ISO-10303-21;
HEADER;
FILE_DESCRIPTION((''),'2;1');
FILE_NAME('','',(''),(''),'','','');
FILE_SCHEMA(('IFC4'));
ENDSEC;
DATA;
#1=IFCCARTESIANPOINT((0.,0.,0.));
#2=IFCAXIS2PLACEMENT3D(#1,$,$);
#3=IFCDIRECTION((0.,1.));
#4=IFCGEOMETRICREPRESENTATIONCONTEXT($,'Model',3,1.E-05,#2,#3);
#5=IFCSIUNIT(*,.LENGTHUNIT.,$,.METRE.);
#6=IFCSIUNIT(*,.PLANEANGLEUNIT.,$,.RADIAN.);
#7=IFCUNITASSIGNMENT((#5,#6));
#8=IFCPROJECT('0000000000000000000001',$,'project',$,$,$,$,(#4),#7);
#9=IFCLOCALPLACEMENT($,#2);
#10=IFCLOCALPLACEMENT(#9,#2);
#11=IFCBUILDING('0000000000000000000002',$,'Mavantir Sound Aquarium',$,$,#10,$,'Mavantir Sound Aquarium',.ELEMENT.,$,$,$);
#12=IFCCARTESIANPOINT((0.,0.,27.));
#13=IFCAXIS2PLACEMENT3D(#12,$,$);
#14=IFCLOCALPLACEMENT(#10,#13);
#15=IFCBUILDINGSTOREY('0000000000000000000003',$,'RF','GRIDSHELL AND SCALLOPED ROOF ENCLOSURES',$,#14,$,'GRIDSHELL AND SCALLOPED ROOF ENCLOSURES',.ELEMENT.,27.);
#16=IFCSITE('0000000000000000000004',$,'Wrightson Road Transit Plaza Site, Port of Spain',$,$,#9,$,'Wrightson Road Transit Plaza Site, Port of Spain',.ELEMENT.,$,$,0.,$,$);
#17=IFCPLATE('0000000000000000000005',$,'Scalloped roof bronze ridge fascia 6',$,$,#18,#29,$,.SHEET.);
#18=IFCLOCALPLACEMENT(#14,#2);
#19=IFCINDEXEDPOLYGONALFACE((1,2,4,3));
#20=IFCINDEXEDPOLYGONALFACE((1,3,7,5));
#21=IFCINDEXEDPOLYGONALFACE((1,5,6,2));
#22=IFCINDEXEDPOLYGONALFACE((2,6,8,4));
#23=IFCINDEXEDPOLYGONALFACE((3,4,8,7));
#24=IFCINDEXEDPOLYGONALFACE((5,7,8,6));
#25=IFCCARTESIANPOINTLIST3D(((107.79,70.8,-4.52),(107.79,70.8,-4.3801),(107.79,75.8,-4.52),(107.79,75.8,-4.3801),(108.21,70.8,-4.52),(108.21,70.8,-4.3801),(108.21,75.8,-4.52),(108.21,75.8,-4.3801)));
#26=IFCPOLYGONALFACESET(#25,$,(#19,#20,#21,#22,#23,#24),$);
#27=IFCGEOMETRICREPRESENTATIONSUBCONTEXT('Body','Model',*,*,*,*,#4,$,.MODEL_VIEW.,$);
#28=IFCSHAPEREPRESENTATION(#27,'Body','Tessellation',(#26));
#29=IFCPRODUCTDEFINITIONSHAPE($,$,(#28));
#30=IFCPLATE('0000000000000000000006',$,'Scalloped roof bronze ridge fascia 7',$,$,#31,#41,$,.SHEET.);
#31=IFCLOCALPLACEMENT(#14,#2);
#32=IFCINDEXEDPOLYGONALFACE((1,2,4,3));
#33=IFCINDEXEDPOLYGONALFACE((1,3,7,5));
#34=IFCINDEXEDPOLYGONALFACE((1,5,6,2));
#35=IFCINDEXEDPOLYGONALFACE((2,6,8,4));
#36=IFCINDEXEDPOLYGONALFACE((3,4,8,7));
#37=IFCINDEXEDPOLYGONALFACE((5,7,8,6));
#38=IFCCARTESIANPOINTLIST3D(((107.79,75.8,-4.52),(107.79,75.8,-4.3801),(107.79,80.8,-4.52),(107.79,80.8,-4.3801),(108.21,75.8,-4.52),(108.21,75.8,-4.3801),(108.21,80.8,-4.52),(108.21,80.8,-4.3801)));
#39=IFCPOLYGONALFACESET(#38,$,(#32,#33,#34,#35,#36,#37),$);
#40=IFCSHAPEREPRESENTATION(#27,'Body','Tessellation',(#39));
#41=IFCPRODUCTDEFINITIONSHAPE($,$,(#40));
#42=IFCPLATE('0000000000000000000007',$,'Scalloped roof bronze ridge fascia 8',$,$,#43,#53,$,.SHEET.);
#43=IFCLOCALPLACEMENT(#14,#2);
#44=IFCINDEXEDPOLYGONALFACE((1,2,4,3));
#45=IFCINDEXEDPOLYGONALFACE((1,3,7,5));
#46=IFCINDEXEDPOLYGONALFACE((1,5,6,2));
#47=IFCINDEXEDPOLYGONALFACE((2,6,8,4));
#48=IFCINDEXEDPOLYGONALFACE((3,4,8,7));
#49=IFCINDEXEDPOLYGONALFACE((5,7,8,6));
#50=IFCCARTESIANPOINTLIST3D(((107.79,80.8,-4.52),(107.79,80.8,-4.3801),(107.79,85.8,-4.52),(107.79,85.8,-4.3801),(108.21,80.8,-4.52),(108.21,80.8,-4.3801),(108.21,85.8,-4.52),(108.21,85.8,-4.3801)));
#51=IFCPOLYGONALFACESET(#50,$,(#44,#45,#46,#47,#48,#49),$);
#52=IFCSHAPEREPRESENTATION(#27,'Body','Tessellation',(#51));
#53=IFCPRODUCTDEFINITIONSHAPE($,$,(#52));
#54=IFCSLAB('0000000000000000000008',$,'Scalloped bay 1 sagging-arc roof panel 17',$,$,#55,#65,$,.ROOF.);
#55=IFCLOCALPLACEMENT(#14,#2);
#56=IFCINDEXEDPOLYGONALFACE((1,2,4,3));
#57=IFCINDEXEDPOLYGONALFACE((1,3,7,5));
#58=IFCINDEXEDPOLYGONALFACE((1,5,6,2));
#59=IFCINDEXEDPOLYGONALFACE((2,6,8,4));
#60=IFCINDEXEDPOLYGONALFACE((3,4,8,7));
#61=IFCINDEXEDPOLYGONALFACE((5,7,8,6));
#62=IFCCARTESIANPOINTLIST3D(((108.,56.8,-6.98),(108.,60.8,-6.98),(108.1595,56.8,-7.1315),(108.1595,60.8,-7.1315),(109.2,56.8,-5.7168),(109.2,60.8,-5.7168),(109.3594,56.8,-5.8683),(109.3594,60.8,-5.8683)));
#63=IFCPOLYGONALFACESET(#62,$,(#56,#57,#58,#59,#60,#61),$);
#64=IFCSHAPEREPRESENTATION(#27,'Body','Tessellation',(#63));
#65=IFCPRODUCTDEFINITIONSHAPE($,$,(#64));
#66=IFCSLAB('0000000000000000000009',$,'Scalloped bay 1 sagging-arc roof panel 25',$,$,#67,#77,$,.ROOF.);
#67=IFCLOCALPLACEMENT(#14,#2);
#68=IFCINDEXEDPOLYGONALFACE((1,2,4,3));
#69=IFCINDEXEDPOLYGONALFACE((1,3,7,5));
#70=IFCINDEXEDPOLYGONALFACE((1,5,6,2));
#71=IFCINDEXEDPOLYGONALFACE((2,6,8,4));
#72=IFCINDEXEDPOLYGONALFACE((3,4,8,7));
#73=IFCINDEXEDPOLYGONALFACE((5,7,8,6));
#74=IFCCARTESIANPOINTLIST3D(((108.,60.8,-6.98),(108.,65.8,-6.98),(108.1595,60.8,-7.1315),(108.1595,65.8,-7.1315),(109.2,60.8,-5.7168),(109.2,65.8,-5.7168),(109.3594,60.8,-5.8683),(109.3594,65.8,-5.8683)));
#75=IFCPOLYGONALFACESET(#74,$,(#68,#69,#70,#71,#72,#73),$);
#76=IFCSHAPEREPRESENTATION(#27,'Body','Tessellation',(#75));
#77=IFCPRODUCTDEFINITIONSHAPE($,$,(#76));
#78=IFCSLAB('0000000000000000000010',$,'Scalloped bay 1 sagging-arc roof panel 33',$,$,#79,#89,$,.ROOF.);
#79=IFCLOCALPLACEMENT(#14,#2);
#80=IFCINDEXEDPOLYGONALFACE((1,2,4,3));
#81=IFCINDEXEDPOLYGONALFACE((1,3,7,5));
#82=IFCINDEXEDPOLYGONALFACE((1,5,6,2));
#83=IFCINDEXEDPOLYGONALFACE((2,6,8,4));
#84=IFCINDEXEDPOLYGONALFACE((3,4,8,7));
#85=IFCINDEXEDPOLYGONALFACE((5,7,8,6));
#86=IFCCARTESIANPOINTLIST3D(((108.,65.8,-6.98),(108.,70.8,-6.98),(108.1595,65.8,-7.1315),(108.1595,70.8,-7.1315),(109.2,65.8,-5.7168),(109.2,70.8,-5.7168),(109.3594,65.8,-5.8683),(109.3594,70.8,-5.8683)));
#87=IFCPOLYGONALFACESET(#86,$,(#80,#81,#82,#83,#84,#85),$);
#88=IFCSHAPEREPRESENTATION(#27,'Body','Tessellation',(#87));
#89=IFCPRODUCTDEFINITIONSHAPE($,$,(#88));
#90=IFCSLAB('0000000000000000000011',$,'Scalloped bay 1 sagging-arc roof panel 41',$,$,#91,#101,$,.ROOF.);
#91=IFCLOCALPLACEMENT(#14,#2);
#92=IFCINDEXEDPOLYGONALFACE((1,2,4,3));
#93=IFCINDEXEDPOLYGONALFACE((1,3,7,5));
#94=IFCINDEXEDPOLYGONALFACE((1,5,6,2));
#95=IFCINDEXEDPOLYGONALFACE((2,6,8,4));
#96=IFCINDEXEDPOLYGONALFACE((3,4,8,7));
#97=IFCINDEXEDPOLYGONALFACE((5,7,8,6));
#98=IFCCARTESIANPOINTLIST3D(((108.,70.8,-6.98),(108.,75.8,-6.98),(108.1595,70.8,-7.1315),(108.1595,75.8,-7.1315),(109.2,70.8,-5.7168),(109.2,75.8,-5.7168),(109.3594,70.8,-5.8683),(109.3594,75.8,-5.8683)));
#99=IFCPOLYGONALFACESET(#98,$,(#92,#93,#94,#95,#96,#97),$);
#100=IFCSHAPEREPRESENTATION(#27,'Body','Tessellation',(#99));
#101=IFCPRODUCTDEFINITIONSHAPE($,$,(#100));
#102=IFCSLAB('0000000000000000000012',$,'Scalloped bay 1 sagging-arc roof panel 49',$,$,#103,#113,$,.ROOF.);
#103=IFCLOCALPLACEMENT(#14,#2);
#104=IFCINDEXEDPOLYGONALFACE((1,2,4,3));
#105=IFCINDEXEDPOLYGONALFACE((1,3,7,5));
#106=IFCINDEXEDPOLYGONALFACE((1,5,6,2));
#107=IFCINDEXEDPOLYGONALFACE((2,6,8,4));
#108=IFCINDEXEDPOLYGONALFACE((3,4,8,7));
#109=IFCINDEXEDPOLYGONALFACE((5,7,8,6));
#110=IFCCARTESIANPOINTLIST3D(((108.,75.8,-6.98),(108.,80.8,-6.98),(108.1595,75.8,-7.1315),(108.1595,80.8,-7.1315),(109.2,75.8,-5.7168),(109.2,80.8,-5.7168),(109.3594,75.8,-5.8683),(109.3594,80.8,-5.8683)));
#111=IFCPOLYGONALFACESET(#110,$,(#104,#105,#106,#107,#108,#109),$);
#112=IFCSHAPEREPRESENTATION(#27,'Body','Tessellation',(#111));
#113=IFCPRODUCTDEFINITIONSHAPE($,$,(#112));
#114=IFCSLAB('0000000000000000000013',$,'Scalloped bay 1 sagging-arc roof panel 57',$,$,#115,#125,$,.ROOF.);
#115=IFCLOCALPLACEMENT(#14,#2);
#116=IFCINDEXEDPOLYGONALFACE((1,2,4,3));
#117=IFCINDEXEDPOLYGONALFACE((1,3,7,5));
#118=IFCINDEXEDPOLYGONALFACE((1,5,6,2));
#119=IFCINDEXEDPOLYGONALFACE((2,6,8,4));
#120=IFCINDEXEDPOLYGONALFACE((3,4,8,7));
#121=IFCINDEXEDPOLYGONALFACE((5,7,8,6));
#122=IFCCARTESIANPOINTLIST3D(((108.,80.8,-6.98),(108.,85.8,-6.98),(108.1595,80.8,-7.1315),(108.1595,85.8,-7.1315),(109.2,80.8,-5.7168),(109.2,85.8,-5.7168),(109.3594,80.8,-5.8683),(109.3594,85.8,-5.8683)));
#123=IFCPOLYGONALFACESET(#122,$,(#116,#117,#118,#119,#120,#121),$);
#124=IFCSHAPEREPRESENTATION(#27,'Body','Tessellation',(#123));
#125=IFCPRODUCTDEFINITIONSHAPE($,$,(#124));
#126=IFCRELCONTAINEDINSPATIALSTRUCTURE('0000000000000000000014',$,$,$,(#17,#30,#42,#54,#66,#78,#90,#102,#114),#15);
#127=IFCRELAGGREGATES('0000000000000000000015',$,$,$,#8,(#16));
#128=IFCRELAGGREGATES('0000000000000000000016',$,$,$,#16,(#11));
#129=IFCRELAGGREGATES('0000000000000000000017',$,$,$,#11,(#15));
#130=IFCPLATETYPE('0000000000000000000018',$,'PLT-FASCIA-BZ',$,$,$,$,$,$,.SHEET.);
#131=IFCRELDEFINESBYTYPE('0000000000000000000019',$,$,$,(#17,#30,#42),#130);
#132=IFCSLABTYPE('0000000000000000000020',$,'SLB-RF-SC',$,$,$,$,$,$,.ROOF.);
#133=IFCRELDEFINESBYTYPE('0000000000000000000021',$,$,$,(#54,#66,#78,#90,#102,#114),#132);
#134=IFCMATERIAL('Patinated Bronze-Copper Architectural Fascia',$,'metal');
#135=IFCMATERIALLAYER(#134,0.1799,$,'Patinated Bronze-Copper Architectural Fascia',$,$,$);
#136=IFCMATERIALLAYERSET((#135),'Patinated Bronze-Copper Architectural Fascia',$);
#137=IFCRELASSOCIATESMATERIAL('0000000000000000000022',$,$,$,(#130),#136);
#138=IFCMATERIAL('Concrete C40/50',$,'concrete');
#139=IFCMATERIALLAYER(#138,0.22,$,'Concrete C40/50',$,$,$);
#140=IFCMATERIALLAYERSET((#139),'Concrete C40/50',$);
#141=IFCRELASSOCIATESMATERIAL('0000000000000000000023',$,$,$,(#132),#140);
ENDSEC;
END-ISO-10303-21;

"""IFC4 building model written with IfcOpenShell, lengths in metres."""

from ifc_helpers import new_model, si_unit, direction, frame, origin, origin_2d, place, context, subcontext, project, spatial, polyline, rectangle, outline, extrude, material, layer, layer_set, type_object, element, save


model = new_model("IFC4")

# Units and contexts
model_context = context("Model", 3, precision=1e-05, world=origin(), true_north=direction((0.0, 1.0)))
body_context = subcontext(model_context, "Body", "Model", "MODEL_VIEW")
ifc_project = project(units=[si_unit("LENGTHUNIT", "METRE"), si_unit("PLANEANGLEUNIT", "RADIAN")], contexts=[model_context])

# Site, building, storey
site_placement = place(None, origin())
site = spatial("IfcSite", under=ifc_project, at=site_placement, Name="Wrightson Road Transit Plaza Site, Port of Spain", LongName="Wrightson Road Transit Plaza Site, Port of Spain", CompositionType="ELEMENT", RefElevation=0.0)
building_placement = place(site_placement, origin())
building = spatial("IfcBuilding", under=site, at=building_placement, Name="Mavantir Sound Aquarium", LongName="Mavantir Sound Aquarium", CompositionType="ELEMENT")
storey_placement = place(building_placement, frame((0.0, 0.0, 27.0)))
storey = spatial("IfcBuildingStorey", under=building, at=storey_placement, Name="RF", Description="GRIDSHELL AND SCALLOPED ROOF ENCLOSURES", LongName="GRIDSHELL AND SCALLOPED ROOF ENCLOSURES", CompositionType="ELEMENT", Elevation=27.0)

# Shared definitions
ifc_material_1 = material(Name="Concrete C40/50", Category="concrete")

# Plates
ifc_material_2 = material(Name="Patinated Bronze-Copper Architectural Fascia", Category="metal")
ifc_layer_1 = layer(ifc_material_2, 0.1799, Name="Patinated Bronze-Copper Architectural Fascia")
ifc_layer_set_1 = layer_set([ifc_layer_1], Name="Patinated Bronze-Copper Architectural Fascia")
plate_type_1 = type_object("IfcPlateType", Name="PLT-FASCIA-BZ", PredefinedType="SHEET", material=ifc_layer_set_1)
for number, where, z_axis, x_axis, name in (
    (1, (108.0, 73.3, -4.52), (0.0, 0.0, 1.0), (1.0, 0.0, 0.0), "Scalloped roof bronze ridge fascia 6"),
    (2, (108.0, 78.3, -4.52), (0.0, 0.0, 1.0), (1.0, 0.0, 0.0), "Scalloped roof bronze ridge fascia 7"),
    (3, (108.0, 83.3, -4.52), (0.0, 0.0, 1.0), (1.0, 0.0, 0.0), "Scalloped roof bronze ridge fascia 8"),
):
    element("IfcPlate", number, at=place(storey_placement, frame(where, z_axis=z_axis, x_axis=x_axis)), inside=storey, type_object=plate_type_1, Name=name, PredefinedType="SHEET", context=body_context, shape_type="SweptSolid", body=[
        extrude(rectangle(XDim=0.4199, YDim=5.0, at=origin_2d()), origin(), (0.0, 0.0, 1.0), 0.1399),
    ])

# Slabs
ifc_layer_2 = layer(ifc_material_1, 0.22, Name="Concrete C40/50")
ifc_layer_set_2 = layer_set([ifc_layer_2], Name="Concrete C40/50")
slab_type = type_object("IfcSlabType", Name="SLB-RF-SC", PredefinedType="ROOF", material=ifc_layer_set_2)
slab_placement = place(storey_placement, frame((108.0, 56.8, -6.98), z_axis=(-0.72502, 0.0, 0.688727), x_axis=(0.688727, 0.0, 0.72502)))
element("IfcSlab", 4, at=slab_placement, inside=storey, type_object=slab_type, Name="Scalloped bay 1 sagging-arc roof panel 17", PredefinedType="ROOF", context=body_context, shape_type="SweptSolid", body=[
    extrude(outline(polyline([(0.0, 0.0), (1.7423, 0.0), (1.7423, 4.0), (0.0, 4.0), (0.0, 0.0)])), origin(), (0.0, 0.0, -1.0), 0.22),
])
for number, where, z_axis, x_axis, name in (
    (5, (108.0, 60.8, -6.98), (-0.72502, 0.0, 0.688727), (0.688727, 0.0, 0.72502), "Scalloped bay 1 sagging-arc roof panel 25"),
    (6, (108.0, 65.8, -6.98), (-0.72502, 0.0, 0.688727), (0.688727, 0.0, 0.72502), "Scalloped bay 1 sagging-arc roof panel 33"),
    (7, (108.0, 70.8, -6.98), (-0.72502, 0.0, 0.688727), (0.688727, 0.0, 0.72502), "Scalloped bay 1 sagging-arc roof panel 41"),
    (8, (108.0, 75.8, -6.98), (-0.72502, 0.0, 0.688727), (0.688727, 0.0, 0.72502), "Scalloped bay 1 sagging-arc roof panel 49"),
    (9, (108.0, 80.8, -6.98), (-0.72502, 0.0, 0.688727), (0.688727, 0.0, 0.72502), "Scalloped bay 1 sagging-arc roof panel 57"),
):
    element("IfcSlab", number, at=place(storey_placement, frame(where, z_axis=z_axis, x_axis=x_axis)), inside=storey, type_object=slab_type, Name=name, PredefinedType="ROOF", context=body_context, shape_type="SweptSolid", body=[
        extrude(outline(polyline([(0.0, 0.0), (1.7423, 0.0), (1.7423, 5.0), (0.0, 5.0), (0.0, 0.0)])), origin(), (0.0, 0.0, -1.0), 0.22),
    ])

save(model, "model.ifc")
